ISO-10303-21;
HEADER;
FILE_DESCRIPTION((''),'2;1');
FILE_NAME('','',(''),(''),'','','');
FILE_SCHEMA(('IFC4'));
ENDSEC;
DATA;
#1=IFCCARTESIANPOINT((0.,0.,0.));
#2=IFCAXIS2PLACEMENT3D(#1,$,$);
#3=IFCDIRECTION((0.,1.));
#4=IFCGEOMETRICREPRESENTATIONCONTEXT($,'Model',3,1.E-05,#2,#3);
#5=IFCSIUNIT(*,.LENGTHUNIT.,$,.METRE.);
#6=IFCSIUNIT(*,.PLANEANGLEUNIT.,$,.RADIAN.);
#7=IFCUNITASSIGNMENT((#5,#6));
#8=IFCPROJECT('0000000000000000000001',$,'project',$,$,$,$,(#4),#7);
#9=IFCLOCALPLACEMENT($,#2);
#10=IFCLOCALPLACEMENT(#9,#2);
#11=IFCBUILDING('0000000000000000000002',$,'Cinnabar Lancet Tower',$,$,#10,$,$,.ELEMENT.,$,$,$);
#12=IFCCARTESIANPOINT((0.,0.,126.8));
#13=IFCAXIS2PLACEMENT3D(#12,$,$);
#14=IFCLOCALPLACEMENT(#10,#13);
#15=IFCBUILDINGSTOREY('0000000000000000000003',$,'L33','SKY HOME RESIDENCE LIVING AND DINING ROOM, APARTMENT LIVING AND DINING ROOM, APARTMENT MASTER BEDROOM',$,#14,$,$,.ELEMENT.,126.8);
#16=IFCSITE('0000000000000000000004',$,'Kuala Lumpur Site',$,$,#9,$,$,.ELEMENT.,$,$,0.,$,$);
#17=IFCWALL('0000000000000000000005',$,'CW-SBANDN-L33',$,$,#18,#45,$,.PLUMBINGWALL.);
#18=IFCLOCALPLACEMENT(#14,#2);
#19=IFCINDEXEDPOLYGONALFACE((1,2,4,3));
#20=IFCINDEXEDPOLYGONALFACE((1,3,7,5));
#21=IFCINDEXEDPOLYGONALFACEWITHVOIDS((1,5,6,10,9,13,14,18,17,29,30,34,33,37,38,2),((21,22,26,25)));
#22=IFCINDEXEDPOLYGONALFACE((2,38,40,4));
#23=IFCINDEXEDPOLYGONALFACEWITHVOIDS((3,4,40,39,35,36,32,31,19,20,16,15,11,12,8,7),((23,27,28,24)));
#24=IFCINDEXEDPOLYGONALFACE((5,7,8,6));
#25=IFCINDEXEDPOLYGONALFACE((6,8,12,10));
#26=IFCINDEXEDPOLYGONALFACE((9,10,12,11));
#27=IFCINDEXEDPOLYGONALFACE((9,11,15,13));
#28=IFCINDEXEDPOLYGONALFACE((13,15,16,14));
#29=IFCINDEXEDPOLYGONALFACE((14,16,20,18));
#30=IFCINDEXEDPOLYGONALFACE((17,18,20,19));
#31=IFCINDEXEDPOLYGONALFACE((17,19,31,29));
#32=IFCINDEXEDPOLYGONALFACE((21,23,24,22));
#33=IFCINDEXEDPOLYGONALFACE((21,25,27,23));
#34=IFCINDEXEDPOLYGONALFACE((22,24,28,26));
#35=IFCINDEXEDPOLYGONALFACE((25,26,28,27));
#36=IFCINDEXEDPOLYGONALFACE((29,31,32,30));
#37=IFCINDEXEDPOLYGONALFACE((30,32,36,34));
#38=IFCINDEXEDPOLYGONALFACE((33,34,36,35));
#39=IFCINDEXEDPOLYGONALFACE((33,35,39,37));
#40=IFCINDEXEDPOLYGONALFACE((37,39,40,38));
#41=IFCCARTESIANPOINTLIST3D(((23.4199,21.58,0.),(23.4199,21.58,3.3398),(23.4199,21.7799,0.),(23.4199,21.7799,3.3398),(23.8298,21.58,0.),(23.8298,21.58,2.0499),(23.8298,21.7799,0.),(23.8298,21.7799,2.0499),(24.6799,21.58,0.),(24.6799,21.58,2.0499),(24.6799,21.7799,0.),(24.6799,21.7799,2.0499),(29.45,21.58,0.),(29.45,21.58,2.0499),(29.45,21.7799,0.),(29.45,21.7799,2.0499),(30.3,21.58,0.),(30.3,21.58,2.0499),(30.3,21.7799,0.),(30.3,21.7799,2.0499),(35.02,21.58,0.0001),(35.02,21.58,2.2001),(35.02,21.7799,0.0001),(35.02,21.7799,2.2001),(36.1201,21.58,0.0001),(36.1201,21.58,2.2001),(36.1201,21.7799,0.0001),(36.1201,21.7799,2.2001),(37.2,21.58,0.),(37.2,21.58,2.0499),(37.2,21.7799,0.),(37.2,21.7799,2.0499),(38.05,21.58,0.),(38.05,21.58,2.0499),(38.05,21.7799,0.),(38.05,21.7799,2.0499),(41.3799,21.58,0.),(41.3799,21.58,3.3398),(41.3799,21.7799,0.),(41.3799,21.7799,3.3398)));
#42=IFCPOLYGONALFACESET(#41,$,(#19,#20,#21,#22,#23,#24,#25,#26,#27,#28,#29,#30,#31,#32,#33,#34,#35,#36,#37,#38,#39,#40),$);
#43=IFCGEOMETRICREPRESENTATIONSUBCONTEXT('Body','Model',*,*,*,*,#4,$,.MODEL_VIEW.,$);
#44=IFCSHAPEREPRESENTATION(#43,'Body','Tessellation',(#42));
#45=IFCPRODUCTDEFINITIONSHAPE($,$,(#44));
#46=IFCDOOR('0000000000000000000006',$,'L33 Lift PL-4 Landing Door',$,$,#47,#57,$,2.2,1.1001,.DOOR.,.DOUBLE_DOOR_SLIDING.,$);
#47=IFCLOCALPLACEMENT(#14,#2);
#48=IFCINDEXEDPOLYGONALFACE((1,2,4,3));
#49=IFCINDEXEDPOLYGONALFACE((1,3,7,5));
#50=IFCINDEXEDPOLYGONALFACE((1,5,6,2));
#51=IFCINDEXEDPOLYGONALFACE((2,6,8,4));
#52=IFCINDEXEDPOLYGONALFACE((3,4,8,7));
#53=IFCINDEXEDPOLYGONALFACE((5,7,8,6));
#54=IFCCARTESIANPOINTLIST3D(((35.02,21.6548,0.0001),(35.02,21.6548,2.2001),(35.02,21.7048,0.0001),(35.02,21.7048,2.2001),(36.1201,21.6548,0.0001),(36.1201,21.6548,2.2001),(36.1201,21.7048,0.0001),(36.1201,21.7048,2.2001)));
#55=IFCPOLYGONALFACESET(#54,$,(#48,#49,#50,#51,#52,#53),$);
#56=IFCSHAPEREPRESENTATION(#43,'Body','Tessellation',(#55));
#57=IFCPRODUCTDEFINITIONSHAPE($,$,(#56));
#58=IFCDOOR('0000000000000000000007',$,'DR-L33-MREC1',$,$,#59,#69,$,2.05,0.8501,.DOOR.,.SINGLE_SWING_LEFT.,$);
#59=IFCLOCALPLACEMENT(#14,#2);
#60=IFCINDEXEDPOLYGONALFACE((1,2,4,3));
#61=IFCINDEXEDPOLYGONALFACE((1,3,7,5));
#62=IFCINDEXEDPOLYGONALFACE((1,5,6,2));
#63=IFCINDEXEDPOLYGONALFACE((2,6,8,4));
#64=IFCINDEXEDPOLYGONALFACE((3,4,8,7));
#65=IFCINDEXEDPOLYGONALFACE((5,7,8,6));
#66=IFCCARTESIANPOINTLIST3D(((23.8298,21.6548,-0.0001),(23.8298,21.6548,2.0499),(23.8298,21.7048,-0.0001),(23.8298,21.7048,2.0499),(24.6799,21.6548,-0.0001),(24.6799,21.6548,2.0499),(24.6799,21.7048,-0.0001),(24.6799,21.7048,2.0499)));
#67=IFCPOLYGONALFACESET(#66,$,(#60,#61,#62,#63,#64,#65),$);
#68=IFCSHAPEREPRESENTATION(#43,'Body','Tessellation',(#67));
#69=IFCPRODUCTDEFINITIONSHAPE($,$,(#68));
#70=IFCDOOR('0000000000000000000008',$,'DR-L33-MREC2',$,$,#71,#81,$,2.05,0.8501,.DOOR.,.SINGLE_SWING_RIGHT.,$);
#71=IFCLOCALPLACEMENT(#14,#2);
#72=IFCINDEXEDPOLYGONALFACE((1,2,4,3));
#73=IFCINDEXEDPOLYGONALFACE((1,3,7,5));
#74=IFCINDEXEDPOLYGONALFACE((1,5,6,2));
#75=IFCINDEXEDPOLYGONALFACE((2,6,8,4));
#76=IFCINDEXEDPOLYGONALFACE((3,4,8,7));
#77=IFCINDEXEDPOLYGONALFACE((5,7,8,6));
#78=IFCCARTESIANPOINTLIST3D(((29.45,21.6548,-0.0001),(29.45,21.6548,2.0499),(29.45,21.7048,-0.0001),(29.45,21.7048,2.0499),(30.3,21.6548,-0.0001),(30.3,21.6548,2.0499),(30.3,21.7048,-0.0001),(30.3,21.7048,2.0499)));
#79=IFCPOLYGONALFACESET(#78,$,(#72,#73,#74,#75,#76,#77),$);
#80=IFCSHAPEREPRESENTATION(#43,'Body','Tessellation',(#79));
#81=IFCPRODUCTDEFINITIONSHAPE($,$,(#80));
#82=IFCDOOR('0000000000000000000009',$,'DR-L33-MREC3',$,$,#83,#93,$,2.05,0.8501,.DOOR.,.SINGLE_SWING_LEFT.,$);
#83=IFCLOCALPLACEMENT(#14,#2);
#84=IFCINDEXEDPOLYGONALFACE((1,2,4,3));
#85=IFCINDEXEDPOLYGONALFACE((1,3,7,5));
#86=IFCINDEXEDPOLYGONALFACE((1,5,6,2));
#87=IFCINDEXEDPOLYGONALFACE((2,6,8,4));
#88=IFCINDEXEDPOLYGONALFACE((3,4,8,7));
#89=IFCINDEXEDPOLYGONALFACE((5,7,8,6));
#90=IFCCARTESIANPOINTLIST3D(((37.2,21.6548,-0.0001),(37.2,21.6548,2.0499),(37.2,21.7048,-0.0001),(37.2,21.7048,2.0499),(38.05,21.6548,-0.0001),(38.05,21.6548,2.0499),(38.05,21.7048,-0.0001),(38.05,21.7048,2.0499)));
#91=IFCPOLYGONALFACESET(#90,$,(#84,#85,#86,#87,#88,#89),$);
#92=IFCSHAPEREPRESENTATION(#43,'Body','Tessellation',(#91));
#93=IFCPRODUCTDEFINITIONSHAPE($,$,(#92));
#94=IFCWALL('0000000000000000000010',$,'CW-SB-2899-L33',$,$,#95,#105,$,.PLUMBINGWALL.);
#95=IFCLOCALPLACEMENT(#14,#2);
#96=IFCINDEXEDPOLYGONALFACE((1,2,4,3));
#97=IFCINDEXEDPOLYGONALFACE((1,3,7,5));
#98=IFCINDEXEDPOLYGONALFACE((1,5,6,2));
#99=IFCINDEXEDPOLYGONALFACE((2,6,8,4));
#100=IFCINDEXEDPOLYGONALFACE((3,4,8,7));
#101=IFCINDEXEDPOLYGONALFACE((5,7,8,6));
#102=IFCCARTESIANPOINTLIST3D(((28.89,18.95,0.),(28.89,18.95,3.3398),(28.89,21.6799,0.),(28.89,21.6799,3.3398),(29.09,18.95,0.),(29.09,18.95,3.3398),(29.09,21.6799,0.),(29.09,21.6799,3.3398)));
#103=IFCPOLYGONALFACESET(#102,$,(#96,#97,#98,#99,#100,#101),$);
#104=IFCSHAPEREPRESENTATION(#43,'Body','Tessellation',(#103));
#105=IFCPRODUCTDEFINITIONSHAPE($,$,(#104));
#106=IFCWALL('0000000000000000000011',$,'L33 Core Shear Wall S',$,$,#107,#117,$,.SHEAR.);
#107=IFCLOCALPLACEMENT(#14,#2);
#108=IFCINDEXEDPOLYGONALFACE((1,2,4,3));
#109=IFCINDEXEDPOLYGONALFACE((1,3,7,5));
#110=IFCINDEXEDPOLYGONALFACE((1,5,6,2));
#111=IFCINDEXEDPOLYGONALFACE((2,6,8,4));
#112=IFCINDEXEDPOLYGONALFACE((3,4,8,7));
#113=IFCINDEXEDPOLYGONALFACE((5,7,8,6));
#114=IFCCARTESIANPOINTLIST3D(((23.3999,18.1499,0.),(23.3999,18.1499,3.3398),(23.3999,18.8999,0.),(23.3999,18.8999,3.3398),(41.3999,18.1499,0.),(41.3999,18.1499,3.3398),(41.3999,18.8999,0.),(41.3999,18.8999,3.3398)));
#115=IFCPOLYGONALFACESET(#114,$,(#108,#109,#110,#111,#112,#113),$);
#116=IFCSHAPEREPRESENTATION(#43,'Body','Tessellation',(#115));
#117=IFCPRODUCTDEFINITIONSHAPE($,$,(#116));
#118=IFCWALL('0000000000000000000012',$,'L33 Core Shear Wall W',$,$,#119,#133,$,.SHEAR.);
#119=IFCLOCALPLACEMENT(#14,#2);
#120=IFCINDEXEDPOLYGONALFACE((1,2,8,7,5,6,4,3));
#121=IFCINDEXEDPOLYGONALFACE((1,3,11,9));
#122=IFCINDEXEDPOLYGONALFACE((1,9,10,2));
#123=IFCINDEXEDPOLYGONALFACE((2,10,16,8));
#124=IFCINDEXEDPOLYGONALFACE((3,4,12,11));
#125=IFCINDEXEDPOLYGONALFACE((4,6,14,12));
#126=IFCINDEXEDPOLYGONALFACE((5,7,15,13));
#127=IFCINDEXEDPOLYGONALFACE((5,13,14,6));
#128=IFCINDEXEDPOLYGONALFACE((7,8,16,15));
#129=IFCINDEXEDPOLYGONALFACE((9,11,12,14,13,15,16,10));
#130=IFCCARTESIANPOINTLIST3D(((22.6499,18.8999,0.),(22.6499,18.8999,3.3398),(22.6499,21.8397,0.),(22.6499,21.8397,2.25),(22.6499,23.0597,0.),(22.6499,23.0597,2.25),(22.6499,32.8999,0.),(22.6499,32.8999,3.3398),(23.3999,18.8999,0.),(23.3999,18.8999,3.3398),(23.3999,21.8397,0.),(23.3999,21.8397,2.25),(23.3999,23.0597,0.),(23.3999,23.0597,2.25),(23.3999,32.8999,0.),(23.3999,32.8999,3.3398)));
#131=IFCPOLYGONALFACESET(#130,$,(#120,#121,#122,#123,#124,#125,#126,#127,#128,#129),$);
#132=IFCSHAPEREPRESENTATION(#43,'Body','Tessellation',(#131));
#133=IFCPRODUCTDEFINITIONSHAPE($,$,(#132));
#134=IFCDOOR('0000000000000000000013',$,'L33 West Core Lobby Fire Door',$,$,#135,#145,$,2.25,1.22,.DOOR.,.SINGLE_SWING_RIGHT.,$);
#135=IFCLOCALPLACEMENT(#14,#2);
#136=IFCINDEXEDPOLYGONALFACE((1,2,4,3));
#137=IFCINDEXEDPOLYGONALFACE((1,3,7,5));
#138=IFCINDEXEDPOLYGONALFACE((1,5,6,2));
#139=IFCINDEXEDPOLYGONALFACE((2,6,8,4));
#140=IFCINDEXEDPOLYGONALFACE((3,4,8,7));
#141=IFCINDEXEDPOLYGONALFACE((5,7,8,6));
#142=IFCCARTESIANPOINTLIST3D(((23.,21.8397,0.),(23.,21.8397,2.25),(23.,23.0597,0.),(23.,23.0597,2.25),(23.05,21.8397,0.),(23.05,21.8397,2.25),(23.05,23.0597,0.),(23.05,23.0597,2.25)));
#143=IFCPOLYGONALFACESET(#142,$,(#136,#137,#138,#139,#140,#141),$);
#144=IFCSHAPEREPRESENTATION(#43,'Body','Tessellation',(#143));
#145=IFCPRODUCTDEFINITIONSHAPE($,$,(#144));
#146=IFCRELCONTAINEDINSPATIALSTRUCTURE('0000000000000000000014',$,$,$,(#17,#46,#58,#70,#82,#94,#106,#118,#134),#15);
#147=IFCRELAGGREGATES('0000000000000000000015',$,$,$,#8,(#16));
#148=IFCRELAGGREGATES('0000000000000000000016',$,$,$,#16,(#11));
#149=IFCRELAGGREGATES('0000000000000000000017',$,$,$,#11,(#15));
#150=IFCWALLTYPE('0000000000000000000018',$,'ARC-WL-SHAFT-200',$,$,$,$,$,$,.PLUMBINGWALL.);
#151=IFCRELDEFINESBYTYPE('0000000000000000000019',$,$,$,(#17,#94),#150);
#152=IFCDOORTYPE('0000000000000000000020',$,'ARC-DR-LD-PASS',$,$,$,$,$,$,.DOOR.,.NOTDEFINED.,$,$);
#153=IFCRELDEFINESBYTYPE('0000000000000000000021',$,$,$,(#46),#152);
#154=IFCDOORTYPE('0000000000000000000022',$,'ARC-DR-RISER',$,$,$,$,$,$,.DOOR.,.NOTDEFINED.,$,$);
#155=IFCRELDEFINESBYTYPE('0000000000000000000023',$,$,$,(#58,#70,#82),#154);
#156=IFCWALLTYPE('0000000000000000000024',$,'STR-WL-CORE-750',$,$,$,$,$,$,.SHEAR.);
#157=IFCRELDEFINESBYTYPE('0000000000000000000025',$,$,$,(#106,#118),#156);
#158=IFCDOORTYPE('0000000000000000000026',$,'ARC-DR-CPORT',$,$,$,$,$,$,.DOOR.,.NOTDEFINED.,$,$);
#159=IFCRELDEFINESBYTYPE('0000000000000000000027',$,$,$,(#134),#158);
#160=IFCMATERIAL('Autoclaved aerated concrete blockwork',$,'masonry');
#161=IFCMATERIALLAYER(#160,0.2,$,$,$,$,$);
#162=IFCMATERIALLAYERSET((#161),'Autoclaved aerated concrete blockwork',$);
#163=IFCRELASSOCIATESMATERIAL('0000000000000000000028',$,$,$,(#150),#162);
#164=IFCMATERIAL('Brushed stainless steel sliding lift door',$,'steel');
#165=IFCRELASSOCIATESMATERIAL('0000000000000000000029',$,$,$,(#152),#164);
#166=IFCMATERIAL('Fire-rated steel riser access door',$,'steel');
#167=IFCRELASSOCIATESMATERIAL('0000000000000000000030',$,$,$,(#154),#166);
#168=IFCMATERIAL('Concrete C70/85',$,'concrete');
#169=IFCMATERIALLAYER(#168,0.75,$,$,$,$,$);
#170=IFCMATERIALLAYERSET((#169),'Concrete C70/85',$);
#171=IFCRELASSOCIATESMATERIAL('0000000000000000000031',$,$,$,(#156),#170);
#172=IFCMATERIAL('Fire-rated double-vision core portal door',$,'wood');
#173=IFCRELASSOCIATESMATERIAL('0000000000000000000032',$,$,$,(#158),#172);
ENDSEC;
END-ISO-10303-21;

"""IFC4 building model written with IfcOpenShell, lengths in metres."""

from ifc_helpers import new_model, si_unit, direction, frame, frame_2d, origin, place, context, subcontext, project, spatial, rectangle, extrude, material, layer, layer_set, type_object, element, fill, save


model = new_model("IFC4")

# Units and contexts
model_context = context("Model", 3, precision=1e-05, world=origin(), true_north=direction((0.0, 1.0)))
body_context = subcontext(model_context, "Body", "Model", "MODEL_VIEW")
ifc_project = project(units=[si_unit("LENGTHUNIT", "METRE"), si_unit("PLANEANGLEUNIT", "RADIAN")], contexts=[model_context])

# Site, building, storey
site_placement = place(None, origin())
site = spatial("IfcSite", under=ifc_project, at=site_placement, Name="Kuala Lumpur Site", CompositionType="ELEMENT", RefElevation=0.0)
building_placement = place(site_placement, origin())
building = spatial("IfcBuilding", under=site, at=building_placement, Name="Cinnabar Lancet Tower", CompositionType="ELEMENT")
storey_placement = place(building_placement, frame((0.0, 0.0, 126.8)))
storey = spatial("IfcBuildingStorey", under=building, at=storey_placement, Name="L33", Description="SKY HOME RESIDENCE LIVING AND DINING ROOM, APARTMENT LIVING AND DINING ROOM, APARTMENT MASTER BEDROOM", CompositionType="ELEMENT", Elevation=126.8)

# Shared definitions
ifc_material_1 = material(Name="Autoclaved aerated concrete blockwork", Category="masonry")
ifc_layer_1 = layer(ifc_material_1, 0.2)
ifc_layer_set_1 = layer_set([ifc_layer_1], Name="Autoclaved aerated concrete blockwork")
wall_type_1 = type_object("IfcWallType", Name="ARC-WL-SHAFT-200", PredefinedType="PLUMBINGWALL", material=ifc_layer_set_1)

# Shared definitions
ifc_material_2 = material(Name="Brushed stainless steel sliding lift door", Category="steel")
door_type_1 = type_object("IfcDoorType", Name="ARC-DR-LD-PASS", OperationType="NOTDEFINED", PredefinedType="DOOR", material=ifc_material_2)

# Wall, openings, doors
wall_1_placement = place(storey_placement, frame((23.4199, 21.6799, 0.0), z_axis=(0.0, 0.0, 1.0), x_axis=(1.0, 0.0, 0.0)))
wall_1 = element("IfcWall", 1, at=wall_1_placement, inside=storey, type_object=wall_type_1, Name="CW-SBANDN-L33", PredefinedType="PLUMBINGWALL", context=body_context, shape_type="SweptSolid", body=[
    extrude(rectangle(XDim=17.96, YDim=0.2, at=frame_2d((8.98, 0.0))), origin(), (0.0, 0.0, 1.0), 3.3398),
])
opening_1_placement = place(wall_1_placement, frame((11.6001, 0.0, 0.0)))
opening_1 = element("IfcOpeningElement", 2, at=opening_1_placement, cuts=wall_1, PredefinedType="OPENING", context=body_context, shape_type="SweptSolid", body=[
    extrude(rectangle(XDim=1.1001, YDim=2.2, at=frame_2d((0.55, 1.1001))), frame((0.0, 0.1099, 0.0), z_axis=(0.0, -1.0, 0.0), x_axis=(1.0, 0.0, 0.0)), (0.0, 0.0, 1.0), 0.22),
])
opening_2_placement = place(wall_1_placement, frame((0.4099, 0.0, 0.0)))
opening_2 = element("IfcOpeningElement", 3, at=opening_2_placement, cuts=wall_1, PredefinedType="OPENING", context=body_context, shape_type="SweptSolid", body=[
    extrude(rectangle(XDim=0.8501, YDim=2.05, at=frame_2d((0.425, 1.0249))), frame((0.0, 0.1099, 0.0), z_axis=(0.0, -1.0, 0.0), x_axis=(1.0, 0.0, 0.0)), (0.0, 0.0, 1.0), 0.22),
])
opening_3_placement = place(wall_1_placement, frame((6.03, 0.0, 0.0)))
opening_3 = element("IfcOpeningElement", 4, at=opening_3_placement, cuts=wall_1, PredefinedType="OPENING", context=body_context, shape_type="SweptSolid", body=[
    extrude(rectangle(XDim=0.8501, YDim=2.05, at=frame_2d((0.425, 1.0249))), frame((0.0, 0.1099, 0.0), z_axis=(0.0, -1.0, 0.0), x_axis=(1.0, 0.0, 0.0)), (0.0, 0.0, 1.0), 0.22),
])
opening_4_placement = place(wall_1_placement, frame((13.78, 0.0, 0.0)))
opening_4 = element("IfcOpeningElement", 5, at=opening_4_placement, cuts=wall_1, PredefinedType="OPENING", context=body_context, shape_type="SweptSolid", body=[
    extrude(rectangle(XDim=0.8501, YDim=2.05, at=frame_2d((0.425, 1.0249))), frame((0.0, 0.1099, 0.0), z_axis=(0.0, -1.0, 0.0), x_axis=(1.0, 0.0, 0.0)), (0.0, 0.0, 1.0), 0.22),
])
door_1_placement = place(opening_1_placement, origin())
door_1 = element("IfcDoor", 6, at=door_1_placement, inside=storey, type_object=door_type_1, Name="L33 Lift PL-4 Landing Door", OperationType="DOUBLE_DOOR_SLIDING", OverallHeight=2.2, OverallWidth=1.1001, PredefinedType="DOOR", context=body_context, shape_type="SweptSolid", body=[
    extrude(rectangle(XDim=1.1001, YDim=2.2, at=frame_2d((0.55, 1.1001))), frame((0.0, 0.0249, 0.0), z_axis=(0.0, -1.0, 0.0), x_axis=(1.0, 0.0, 0.0)), (0.0, 0.0, 1.0), 0.05),
])
fill(opening_1, door_1)
ifc_material_3 = material(Name="Fire-rated steel riser access door", Category="steel")
door_type_2 = type_object("IfcDoorType", Name="ARC-DR-RISER", OperationType="NOTDEFINED", PredefinedType="DOOR", material=ifc_material_3)
door_2_placement = place(opening_2_placement, origin())
door_2 = element("IfcDoor", 7, at=door_2_placement, inside=storey, type_object=door_type_2, Name="DR-L33-MREC1", OperationType="SINGLE_SWING_LEFT", OverallHeight=2.05, OverallWidth=0.8501, PredefinedType="DOOR", context=body_context, shape_type="SweptSolid", body=[
    extrude(rectangle(XDim=0.8501, YDim=2.05, at=frame_2d((0.425, 1.0249))), frame((0.0, 0.0249, 0.0), z_axis=(0.0, -1.0, 0.0), x_axis=(1.0, 0.0, 0.0)), (0.0, 0.0, 1.0), 0.05),
])
fill(opening_2, door_2)
door_3_placement = place(opening_3_placement, origin())
door_3 = element("IfcDoor", 8, at=door_3_placement, inside=storey, type_object=door_type_2, Name="DR-L33-MREC2", OperationType="SINGLE_SWING_RIGHT", OverallHeight=2.05, OverallWidth=0.8501, PredefinedType="DOOR", context=body_context, shape_type="SweptSolid", body=[
    extrude(rectangle(XDim=0.8501, YDim=2.05, at=frame_2d((0.425, 1.0249))), frame((0.0, 0.0249, 0.0), z_axis=(0.0, -1.0, 0.0), x_axis=(1.0, 0.0, 0.0)), (0.0, 0.0, 1.0), 0.05),
])
fill(opening_3, door_3)
door_4_placement = place(opening_4_placement, origin())
door_4 = element("IfcDoor", 9, at=door_4_placement, inside=storey, type_object=door_type_2, Name="DR-L33-MREC3", OperationType="SINGLE_SWING_LEFT", OverallHeight=2.05, OverallWidth=0.8501, PredefinedType="DOOR", context=body_context, shape_type="SweptSolid", body=[
    extrude(rectangle(XDim=0.8501, YDim=2.05, at=frame_2d((0.425, 1.0249))), frame((0.0, 0.0249, 0.0), z_axis=(0.0, -1.0, 0.0), x_axis=(1.0, 0.0, 0.0)), (0.0, 0.0, 1.0), 0.05),
])
fill(opening_4, door_4)

# Walls
wall_2_placement = place(storey_placement, frame((28.99, 18.95, 0.0), z_axis=(0.0, 0.0, 1.0), x_axis=(0.0, 1.0, 0.0)))
element("IfcWall", 10, at=wall_2_placement, inside=storey, type_object=wall_type_1, Name="CW-SB-2899-L33", PredefinedType="PLUMBINGWALL", context=body_context, shape_type="SweptSolid", body=[
    extrude(rectangle(XDim=2.73, YDim=0.2, at=frame_2d((1.365, 0.0))), origin(), (0.0, 0.0, 1.0), 3.3398),
])
ifc_material_4 = material(Name="Concrete C70/85", Category="concrete")
ifc_layer_2 = layer(ifc_material_4, 0.75)
ifc_layer_set_2 = layer_set([ifc_layer_2], Name="Concrete C70/85")
wall_type_2 = type_object("IfcWallType", Name="STR-WL-CORE-750", PredefinedType="SHEAR", material=ifc_layer_set_2)
wall_3_placement = place(storey_placement, frame((23.3999, 18.5249, 0.0), z_axis=(0.0, 0.0, 1.0), x_axis=(1.0, 0.0, 0.0)))
element("IfcWall", 11, at=wall_3_placement, inside=storey, type_object=wall_type_2, Name="L33 Core Shear Wall S", PredefinedType="SHEAR", context=body_context, shape_type="SweptSolid", body=[
    extrude(rectangle(XDim=18.0, YDim=0.75, at=frame_2d((9.0, 0.0))), origin(), (0.0, 0.0, 1.0), 3.3398),
])

# Wall, opening, door
wall_4_placement = place(storey_placement, frame((23.0249, 18.8999, 0.0), z_axis=(0.0, 0.0, 1.0), x_axis=(0.0, 1.0, 0.0)))
wall_4 = element("IfcWall", 12, at=wall_4_placement, inside=storey, type_object=wall_type_2, Name="L33 Core Shear Wall W", PredefinedType="SHEAR", context=body_context, shape_type="SweptSolid", body=[
    extrude(rectangle(XDim=14.0, YDim=0.75, at=frame_2d((7.0, 0.0))), origin(), (0.0, 0.0, 1.0), 3.3398),
])
opening_5_placement = place(wall_4_placement, frame((2.9399, 0.0, 0.0)))
opening_5 = element("IfcOpeningElement", 13, at=opening_5_placement, cuts=wall_4, PredefinedType="OPENING", context=body_context, shape_type="SweptSolid", body=[
    extrude(rectangle(XDim=1.22, YDim=2.25, at=frame_2d((0.6099, 1.125))), frame((0.0, 0.385, 0.0), z_axis=(0.0, -1.0, 0.0), x_axis=(1.0, 0.0, 0.0)), (0.0, 0.0, 1.0), 0.77),
])
ifc_material_5 = material(Name="Fire-rated double-vision core portal door", Category="wood")
door_type_3 = type_object("IfcDoorType", Name="ARC-DR-CPORT", OperationType="NOTDEFINED", PredefinedType="DOOR", material=ifc_material_5)
door_5_placement = place(opening_5_placement, origin())
door_5 = element("IfcDoor", 14, at=door_5_placement, inside=storey, type_object=door_type_3, Name="L33 West Core Lobby Fire Door", OperationType="SINGLE_SWING_RIGHT", OverallHeight=2.25, OverallWidth=1.22, PredefinedType="DOOR", context=body_context, shape_type="SweptSolid", body=[
    extrude(rectangle(XDim=1.22, YDim=2.25, at=frame_2d((0.6099, 1.125))), frame((0.0, 0.0249, 0.0), z_axis=(0.0, -1.0, 0.0), x_axis=(1.0, 0.0, 0.0)), (0.0, 0.0, 1.0), 0.05),
])
fill(opening_5, door_5)

save(model, "model.ifc")
